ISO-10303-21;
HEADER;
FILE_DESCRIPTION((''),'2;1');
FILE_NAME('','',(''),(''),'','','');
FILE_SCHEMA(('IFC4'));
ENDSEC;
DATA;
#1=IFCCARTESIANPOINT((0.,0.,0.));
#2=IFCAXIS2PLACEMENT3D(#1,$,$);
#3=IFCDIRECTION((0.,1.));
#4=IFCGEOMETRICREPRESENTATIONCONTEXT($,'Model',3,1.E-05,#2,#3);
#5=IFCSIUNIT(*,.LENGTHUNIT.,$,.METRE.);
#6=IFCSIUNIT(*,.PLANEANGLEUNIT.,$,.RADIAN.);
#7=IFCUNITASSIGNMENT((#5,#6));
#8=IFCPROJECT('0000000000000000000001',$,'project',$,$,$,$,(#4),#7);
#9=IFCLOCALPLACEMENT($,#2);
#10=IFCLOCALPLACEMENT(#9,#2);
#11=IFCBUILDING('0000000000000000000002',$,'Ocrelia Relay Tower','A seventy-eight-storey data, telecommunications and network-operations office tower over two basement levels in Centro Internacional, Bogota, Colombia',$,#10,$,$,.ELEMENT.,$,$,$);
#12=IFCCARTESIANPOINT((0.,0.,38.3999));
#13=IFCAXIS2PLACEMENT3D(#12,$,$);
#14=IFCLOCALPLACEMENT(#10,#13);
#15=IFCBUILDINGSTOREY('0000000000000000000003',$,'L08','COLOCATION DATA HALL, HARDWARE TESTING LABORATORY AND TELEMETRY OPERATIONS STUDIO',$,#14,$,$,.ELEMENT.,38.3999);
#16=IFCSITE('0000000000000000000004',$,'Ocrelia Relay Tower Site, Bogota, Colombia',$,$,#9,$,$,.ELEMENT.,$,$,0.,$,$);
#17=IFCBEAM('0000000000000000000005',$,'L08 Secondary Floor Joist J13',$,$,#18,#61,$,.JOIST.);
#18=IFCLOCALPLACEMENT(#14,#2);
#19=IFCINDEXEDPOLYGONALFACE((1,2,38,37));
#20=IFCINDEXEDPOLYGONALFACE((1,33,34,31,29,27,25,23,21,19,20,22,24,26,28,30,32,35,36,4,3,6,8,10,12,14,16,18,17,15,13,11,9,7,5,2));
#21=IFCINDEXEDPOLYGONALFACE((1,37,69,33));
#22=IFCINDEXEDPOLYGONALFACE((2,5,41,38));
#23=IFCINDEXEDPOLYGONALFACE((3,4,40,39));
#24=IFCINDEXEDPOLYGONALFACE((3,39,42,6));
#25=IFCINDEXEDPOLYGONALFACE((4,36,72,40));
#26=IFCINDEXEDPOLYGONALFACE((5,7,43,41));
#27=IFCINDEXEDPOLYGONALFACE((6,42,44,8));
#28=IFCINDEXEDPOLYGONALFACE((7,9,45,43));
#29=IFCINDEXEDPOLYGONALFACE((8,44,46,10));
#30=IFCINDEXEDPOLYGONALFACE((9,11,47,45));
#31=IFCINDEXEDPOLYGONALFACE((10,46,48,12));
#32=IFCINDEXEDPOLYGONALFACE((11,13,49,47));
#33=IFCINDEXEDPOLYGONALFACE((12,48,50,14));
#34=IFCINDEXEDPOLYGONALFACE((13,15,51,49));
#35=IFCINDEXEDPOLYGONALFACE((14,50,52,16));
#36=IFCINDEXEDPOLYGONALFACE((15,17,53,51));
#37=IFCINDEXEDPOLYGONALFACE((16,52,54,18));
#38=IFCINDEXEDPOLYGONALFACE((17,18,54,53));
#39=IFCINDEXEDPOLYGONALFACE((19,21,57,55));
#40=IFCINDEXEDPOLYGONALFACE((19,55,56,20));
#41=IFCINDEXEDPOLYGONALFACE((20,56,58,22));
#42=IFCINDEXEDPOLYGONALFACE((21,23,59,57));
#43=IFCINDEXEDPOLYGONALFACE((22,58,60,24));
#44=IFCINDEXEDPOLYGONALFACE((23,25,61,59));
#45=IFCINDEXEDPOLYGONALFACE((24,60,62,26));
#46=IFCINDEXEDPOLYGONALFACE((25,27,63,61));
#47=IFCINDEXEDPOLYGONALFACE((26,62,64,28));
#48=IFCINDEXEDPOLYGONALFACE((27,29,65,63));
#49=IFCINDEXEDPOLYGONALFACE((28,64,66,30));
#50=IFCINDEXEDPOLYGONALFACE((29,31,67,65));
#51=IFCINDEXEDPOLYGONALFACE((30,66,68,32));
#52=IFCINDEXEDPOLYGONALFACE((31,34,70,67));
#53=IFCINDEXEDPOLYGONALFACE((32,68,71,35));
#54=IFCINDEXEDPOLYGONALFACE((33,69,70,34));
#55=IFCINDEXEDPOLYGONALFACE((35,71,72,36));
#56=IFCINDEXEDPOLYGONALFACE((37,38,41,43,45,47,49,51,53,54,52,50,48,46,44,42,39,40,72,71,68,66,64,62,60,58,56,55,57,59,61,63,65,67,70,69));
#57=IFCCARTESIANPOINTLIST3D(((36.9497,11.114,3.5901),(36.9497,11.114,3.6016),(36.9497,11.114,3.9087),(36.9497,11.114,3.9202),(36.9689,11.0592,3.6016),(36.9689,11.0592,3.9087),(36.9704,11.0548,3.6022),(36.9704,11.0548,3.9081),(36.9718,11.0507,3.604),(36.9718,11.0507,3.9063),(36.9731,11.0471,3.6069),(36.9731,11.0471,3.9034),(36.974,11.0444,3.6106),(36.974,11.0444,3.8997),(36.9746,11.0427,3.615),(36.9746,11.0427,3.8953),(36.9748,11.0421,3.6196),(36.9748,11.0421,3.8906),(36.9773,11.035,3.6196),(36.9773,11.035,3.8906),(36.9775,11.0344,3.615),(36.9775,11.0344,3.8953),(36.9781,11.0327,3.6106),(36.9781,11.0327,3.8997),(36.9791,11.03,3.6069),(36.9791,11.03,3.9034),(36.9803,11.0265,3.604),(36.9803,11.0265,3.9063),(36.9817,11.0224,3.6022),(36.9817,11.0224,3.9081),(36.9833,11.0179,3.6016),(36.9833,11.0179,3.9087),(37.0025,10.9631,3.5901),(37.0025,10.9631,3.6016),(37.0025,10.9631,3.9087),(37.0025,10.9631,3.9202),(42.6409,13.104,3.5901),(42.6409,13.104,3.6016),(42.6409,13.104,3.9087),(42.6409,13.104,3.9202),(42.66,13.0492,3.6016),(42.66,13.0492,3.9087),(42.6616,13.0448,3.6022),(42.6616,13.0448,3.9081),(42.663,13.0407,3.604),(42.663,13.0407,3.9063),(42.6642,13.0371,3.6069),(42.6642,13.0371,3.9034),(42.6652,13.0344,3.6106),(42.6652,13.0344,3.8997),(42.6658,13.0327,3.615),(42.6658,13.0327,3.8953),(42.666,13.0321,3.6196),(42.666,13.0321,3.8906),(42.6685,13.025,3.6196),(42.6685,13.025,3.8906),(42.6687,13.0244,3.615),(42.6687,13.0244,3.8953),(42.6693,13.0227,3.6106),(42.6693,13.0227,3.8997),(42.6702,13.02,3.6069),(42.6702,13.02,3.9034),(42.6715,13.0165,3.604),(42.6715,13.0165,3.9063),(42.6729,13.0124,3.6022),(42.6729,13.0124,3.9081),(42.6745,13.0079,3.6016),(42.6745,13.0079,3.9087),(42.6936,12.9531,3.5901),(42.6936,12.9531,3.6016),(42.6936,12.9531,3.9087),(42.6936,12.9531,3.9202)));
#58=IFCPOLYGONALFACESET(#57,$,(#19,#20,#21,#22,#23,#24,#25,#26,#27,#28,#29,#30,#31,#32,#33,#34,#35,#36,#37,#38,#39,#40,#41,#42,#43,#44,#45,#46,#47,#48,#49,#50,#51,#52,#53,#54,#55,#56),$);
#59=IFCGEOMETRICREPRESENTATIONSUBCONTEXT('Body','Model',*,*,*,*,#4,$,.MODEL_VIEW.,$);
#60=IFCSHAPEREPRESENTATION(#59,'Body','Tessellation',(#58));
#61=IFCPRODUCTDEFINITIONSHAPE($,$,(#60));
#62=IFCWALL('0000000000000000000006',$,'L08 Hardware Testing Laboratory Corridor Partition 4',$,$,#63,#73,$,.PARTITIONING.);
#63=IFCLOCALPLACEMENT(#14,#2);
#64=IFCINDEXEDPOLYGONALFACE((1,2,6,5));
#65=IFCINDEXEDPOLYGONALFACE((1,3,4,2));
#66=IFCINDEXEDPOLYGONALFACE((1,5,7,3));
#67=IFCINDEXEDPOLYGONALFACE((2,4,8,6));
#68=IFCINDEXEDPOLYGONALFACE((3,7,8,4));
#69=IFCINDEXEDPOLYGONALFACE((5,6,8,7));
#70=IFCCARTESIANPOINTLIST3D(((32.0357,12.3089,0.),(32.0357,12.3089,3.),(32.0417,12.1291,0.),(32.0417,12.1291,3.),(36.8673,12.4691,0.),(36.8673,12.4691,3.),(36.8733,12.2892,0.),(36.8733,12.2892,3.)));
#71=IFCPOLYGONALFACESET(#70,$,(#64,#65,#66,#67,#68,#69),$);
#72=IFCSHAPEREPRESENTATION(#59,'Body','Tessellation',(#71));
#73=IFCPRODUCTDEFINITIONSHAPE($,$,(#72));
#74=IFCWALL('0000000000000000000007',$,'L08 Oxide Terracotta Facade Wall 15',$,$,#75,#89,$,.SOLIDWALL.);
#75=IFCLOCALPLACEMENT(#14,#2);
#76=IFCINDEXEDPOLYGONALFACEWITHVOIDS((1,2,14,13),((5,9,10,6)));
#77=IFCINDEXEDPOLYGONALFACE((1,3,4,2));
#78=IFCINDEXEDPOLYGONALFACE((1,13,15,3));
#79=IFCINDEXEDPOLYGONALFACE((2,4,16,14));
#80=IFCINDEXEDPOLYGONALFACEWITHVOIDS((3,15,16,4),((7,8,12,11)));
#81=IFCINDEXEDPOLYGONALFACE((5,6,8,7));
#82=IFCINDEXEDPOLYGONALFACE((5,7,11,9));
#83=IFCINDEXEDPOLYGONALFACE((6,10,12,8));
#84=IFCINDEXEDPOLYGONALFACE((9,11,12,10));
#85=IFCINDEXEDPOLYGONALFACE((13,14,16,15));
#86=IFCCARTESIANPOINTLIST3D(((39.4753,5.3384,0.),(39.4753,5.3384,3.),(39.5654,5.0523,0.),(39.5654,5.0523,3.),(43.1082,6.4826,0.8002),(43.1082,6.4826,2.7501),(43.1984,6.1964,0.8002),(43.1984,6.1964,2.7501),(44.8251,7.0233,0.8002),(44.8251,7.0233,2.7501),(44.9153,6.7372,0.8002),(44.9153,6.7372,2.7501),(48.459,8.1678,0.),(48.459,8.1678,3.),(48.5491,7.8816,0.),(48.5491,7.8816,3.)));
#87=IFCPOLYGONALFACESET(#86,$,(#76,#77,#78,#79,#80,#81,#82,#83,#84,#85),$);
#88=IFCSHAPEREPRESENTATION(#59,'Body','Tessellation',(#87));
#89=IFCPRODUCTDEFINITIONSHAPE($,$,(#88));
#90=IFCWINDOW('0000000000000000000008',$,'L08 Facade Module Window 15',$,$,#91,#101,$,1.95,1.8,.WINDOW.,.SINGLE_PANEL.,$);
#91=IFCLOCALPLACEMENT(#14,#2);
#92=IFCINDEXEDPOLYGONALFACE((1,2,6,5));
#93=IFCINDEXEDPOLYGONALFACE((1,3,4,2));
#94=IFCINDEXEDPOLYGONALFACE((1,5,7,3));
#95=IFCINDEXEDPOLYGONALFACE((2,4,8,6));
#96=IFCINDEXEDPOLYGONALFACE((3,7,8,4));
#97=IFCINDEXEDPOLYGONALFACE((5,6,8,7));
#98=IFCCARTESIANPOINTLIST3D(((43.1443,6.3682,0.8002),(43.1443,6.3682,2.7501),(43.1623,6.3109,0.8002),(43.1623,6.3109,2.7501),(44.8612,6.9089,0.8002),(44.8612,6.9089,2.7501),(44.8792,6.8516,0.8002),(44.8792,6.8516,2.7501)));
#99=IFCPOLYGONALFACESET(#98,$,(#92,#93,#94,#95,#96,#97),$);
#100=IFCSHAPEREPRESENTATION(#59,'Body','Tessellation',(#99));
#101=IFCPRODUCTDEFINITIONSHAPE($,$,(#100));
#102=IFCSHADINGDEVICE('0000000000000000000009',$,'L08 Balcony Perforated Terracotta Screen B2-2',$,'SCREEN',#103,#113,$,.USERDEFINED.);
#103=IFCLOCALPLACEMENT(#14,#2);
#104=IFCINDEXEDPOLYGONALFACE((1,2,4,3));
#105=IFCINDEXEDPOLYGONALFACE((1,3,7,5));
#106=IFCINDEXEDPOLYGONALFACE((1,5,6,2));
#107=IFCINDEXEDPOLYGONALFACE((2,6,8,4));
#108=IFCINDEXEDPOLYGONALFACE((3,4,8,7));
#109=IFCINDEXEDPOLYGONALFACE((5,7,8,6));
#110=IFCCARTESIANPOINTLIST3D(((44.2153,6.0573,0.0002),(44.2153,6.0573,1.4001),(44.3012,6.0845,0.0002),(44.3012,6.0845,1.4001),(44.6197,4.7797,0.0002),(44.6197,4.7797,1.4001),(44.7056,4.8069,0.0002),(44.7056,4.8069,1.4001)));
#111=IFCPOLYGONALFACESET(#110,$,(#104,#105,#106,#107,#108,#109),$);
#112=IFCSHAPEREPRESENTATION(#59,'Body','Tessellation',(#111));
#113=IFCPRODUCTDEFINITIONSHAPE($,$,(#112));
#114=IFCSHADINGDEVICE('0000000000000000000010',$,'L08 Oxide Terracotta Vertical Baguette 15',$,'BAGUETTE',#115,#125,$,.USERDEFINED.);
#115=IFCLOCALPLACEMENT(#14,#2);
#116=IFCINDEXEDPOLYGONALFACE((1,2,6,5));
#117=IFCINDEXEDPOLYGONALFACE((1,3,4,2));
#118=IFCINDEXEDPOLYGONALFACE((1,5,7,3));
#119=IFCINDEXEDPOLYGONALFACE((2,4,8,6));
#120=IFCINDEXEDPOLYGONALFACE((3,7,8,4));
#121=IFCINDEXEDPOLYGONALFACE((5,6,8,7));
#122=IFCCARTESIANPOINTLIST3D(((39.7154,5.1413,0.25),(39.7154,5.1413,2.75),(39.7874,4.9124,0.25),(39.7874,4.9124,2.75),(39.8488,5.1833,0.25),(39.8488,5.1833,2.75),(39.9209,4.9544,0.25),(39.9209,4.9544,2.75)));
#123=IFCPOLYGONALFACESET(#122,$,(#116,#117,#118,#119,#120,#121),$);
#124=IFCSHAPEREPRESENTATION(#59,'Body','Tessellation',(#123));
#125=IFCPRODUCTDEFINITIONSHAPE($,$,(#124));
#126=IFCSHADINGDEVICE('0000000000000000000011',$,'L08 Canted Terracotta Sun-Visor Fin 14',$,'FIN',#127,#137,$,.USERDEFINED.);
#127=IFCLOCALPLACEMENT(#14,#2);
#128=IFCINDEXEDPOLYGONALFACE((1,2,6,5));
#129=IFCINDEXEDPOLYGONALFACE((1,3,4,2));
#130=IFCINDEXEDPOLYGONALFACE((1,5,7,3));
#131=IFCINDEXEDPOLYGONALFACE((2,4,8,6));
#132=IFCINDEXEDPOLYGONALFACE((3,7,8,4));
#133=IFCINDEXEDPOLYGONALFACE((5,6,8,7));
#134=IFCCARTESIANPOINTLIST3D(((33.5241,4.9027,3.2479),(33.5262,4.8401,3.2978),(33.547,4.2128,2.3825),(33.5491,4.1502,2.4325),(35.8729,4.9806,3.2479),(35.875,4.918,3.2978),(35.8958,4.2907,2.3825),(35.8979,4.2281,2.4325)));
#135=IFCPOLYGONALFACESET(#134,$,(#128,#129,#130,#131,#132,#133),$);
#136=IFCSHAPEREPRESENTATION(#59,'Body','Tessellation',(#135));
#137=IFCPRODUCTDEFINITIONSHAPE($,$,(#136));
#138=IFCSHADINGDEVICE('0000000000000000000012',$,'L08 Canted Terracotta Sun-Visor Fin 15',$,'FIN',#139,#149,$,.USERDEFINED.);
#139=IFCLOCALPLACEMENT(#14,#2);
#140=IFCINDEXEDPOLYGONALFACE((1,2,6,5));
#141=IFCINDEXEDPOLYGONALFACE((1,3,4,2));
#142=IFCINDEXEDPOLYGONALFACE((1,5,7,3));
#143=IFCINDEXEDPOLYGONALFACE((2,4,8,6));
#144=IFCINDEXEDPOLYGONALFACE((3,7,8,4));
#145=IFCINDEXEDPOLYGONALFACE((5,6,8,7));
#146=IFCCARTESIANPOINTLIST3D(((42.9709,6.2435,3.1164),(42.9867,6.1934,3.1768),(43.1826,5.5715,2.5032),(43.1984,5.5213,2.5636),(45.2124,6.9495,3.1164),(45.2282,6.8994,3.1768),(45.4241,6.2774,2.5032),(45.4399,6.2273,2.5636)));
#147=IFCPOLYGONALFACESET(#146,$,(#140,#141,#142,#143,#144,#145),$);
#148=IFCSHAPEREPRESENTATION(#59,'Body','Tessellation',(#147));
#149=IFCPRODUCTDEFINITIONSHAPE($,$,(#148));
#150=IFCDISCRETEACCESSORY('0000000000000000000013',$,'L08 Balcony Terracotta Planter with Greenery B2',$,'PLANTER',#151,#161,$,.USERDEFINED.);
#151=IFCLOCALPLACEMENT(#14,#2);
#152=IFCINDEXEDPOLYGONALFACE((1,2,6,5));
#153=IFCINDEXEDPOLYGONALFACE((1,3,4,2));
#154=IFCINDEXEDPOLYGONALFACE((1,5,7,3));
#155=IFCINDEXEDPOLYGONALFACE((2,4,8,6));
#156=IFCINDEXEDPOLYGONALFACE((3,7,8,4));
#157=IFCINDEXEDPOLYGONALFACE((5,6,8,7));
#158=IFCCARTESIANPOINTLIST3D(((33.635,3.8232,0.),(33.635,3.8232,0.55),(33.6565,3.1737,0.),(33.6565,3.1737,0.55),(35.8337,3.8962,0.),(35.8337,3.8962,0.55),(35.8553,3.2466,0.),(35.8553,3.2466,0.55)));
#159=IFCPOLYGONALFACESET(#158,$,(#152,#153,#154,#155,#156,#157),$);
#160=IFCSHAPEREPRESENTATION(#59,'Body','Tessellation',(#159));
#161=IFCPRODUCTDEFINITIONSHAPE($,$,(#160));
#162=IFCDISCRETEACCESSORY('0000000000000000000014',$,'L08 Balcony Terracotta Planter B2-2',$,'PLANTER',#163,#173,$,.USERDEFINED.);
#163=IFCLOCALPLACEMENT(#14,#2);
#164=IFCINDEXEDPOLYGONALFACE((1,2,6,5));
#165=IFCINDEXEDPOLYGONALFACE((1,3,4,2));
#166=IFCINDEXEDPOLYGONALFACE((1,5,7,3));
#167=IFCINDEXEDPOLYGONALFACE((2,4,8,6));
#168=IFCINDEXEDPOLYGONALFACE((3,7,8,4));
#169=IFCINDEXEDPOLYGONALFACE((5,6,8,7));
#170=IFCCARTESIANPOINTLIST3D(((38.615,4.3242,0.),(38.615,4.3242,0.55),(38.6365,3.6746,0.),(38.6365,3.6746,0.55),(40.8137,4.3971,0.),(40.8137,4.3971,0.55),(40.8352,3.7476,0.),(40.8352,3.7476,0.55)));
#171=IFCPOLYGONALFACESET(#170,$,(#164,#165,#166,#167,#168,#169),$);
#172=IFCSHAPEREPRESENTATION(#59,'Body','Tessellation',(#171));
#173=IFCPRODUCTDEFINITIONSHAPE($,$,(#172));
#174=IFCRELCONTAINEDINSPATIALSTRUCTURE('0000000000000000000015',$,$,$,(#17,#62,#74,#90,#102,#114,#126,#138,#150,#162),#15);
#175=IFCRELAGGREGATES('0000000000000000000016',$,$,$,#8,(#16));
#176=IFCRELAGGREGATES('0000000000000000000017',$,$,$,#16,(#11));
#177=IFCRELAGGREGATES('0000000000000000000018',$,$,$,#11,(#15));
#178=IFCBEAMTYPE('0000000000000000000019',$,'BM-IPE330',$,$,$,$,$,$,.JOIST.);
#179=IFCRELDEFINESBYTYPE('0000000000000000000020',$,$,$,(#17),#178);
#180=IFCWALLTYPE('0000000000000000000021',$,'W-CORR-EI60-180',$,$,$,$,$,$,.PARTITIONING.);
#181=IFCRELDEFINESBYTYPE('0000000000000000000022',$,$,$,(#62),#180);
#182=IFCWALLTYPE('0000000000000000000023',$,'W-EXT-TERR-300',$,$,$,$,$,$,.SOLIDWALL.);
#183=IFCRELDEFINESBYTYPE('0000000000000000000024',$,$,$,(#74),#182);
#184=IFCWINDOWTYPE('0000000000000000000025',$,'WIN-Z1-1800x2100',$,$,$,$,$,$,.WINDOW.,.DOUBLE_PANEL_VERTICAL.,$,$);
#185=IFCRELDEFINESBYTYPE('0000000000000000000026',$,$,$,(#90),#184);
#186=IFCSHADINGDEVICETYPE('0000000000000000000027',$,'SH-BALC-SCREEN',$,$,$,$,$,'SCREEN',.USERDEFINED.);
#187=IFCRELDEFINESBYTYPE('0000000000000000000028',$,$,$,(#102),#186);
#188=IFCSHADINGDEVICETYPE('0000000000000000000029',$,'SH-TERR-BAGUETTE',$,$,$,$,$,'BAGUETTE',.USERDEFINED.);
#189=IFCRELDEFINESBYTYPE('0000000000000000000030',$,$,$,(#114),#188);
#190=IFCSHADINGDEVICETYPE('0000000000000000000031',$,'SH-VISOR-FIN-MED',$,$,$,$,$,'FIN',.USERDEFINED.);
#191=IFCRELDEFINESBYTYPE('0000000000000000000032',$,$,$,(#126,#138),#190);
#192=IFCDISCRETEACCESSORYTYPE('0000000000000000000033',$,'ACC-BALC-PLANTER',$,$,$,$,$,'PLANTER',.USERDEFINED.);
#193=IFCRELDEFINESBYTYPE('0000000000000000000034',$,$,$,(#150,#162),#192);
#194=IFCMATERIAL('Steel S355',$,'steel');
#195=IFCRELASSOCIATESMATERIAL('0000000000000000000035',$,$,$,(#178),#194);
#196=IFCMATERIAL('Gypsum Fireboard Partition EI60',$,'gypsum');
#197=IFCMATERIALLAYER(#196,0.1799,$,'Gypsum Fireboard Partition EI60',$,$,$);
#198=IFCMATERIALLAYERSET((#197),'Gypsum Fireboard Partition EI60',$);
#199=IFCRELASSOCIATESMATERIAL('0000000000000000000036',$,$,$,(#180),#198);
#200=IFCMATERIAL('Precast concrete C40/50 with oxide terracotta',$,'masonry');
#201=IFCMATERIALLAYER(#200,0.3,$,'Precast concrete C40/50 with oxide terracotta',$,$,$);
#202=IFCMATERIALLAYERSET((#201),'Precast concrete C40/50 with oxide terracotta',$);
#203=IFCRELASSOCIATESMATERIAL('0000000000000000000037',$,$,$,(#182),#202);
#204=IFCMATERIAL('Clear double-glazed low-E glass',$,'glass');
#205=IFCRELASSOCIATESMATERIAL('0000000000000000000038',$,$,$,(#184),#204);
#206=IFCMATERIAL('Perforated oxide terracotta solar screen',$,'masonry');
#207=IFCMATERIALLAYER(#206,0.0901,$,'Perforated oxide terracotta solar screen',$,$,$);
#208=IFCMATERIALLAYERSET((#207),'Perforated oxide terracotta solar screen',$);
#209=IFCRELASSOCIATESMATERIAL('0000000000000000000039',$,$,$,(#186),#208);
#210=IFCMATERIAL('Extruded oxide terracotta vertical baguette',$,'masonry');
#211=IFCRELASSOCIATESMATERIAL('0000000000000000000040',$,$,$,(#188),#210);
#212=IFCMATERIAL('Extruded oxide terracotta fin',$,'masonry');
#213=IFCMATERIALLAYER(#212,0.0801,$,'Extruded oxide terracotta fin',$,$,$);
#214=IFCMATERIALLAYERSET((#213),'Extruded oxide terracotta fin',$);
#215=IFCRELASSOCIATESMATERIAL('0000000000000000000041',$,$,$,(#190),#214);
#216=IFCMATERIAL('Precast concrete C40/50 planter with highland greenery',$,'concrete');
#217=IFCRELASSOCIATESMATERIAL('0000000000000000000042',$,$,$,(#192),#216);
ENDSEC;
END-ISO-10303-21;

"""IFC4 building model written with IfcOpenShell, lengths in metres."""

from ifc_helpers import new_model, si_unit, direction, frame, frame_2d, origin, origin_2d, place, context, subcontext, project, spatial, rectangle, i_section, extrude, material, layer, layer_set, material_profile, profile_set, type_object, element, fill, save


model = new_model("IFC4")

# Units and contexts
model_context = context("Model", 3, precision=1e-05, world=origin(), true_north=direction((0.0, 1.0)))
body_context = subcontext(model_context, "Body", "Model", "MODEL_VIEW")
ifc_project = project(units=[si_unit("LENGTHUNIT", "METRE"), si_unit("PLANEANGLEUNIT", "RADIAN")], contexts=[model_context])

# Site, building, storey
site_placement = place(None, origin())
site = spatial("IfcSite", under=ifc_project, at=site_placement, Name="Ocrelia Relay Tower Site, Bogota, Colombia", CompositionType="ELEMENT", RefElevation=0.0)
building_placement = place(site_placement, origin())
building = spatial("IfcBuilding", under=site, at=building_placement, Name="Ocrelia Relay Tower", Description="A seventy-eight-storey data, telecommunications and network-operations office tower over two basement levels in Centro Internacional, Bogota, Colombia", CompositionType="ELEMENT")
storey_placement = place(building_placement, frame((0.0, 0.0, 38.3999)))
storey = spatial("IfcBuildingStorey", under=building, at=storey_placement, Name="L08", Description="COLOCATION DATA HALL, HARDWARE TESTING LABORATORY AND TELEMETRY OPERATIONS STUDIO", CompositionType="ELEMENT", Elevation=38.3999)

# Beam
ifc_material_1 = material(Name="Steel S355", Category="steel")
ifc_material_profile_1 = material_profile(ifc_material_1, i_section(OverallWidth=0.1599, OverallDepth=0.3301, WebThickness=0.0076, FlangeThickness=0.0115, FilletRadius=0.0181, at=origin_2d()), Name="IPE 330")
ifc_profile_set_1 = profile_set([ifc_material_profile_1], Name="Steel S355")
beam_type_1 = type_object("IfcBeamType", Name="BM-IPE330", PredefinedType="JOIST", material=ifc_profile_set_1)
beam_1_placement = place(storey_placement, frame((36.9761, 11.0386, 3.7551), z_axis=(0.943957, 0.330067, 0.0), x_axis=(-0.330067, 0.943957, 0.0)))
element("IfcBeam", 1, at=beam_1_placement, inside=storey, type_object=beam_type_1, Name="L08 Secondary Floor Joist J13", PredefinedType="JOIST", context=body_context, shape_type="SweptSolid", body=[
    extrude(i_section(OverallWidth=0.1599, OverallDepth=0.3301, WebThickness=0.0076, FlangeThickness=0.0115, FilletRadius=0.0181, at=origin_2d()), origin(), (0.0, 0.0, 1.0), 6.0291),
])

# Wall
ifc_material_2 = material(Name="Gypsum Fireboard Partition EI60", Category="gypsum")
ifc_layer_1 = layer(ifc_material_2, 0.1799, Name="Gypsum Fireboard Partition EI60")
ifc_layer_set_1 = layer_set([ifc_layer_1], Name="Gypsum Fireboard Partition EI60")
wall_type_1 = type_object("IfcWallType", Name="W-CORR-EI60-180", PredefinedType="PARTITIONING", material=ifc_layer_set_1)
wall_1_placement = place(storey_placement, frame((32.0388, 12.219, 0.0), z_axis=(0.0, 0.0, 1.0), x_axis=(0.999451, 0.03313, 0.0)))
element("IfcWall", 2, at=wall_1_placement, inside=storey, type_object=wall_type_1, Name="L08 Hardware Testing Laboratory Corridor Partition 4", PredefinedType="PARTITIONING", context=body_context, shape_type="SweptSolid", body=[
    extrude(rectangle(XDim=4.8342, YDim=0.1799, at=frame_2d((2.417, 0.0))), origin(), (0.0, 0.0, 1.0), 3.0),
])

# Wall, opening, window
ifc_material_3 = material(Name="Precast concrete C40/50 with oxide terracotta", Category="masonry")
ifc_layer_2 = layer(ifc_material_3, 0.3, Name="Precast concrete C40/50 with oxide terracotta")
ifc_layer_set_2 = layer_set([ifc_layer_2], Name="Precast concrete C40/50 with oxide terracotta")
wall_type_2 = type_object("IfcWallType", Name="W-EXT-TERR-300", PredefinedType="SOLIDWALL", material=ifc_layer_set_2)
wall_2_placement = place(storey_placement, frame((39.5203, 5.1953, 0.0), z_axis=(0.0, 0.0, 1.0), x_axis=(0.953814, 0.300398, 0.0)))
wall_2 = element("IfcWall", 3, at=wall_2_placement, inside=storey, type_object=wall_type_2, Name="L08 Oxide Terracotta Facade Wall 15", PredefinedType="SOLIDWALL", context=body_context, shape_type="SweptSolid", body=[
    extrude(rectangle(XDim=9.4187, YDim=0.3, at=frame_2d((4.7095, 0.0))), origin(), (0.0, 0.0, 1.0), 3.0),
])
opening_placement = place(wall_2_placement, frame((3.8091, 0.0, 0.8)))
opening = element("IfcOpeningElement", 4, at=opening_placement, cuts=wall_2, PredefinedType="OPENING", context=body_context, shape_type="SweptSolid", body=[
    extrude(rectangle(XDim=1.8, YDim=1.95, at=frame_2d((0.8999, 0.9751))), frame((0.0, 0.1602, 0.0), z_axis=(0.0, -1.0, 0.0), x_axis=(1.0, 0.0, 0.0)), (0.0, 0.0, 1.0), 0.3201),
])
ifc_material_4 = material(Name="Clear double-glazed low-E glass", Category="glass")
window_type = type_object("IfcWindowType", Name="WIN-Z1-1800x2100", PartitioningType="DOUBLE_PANEL_VERTICAL", PredefinedType="WINDOW", material=ifc_material_4)
window_placement = place(opening_placement, origin())
window = element("IfcWindow", 5, at=window_placement, inside=storey, type_object=window_type, Name="L08 Facade Module Window 15", OverallHeight=1.95, OverallWidth=1.8, PartitioningType="SINGLE_PANEL", PredefinedType="WINDOW", context=body_context, shape_type="SweptSolid", body=[
    extrude(rectangle(XDim=1.8, YDim=1.95, at=frame_2d((0.8999, 0.9751))), frame((0.0, 0.03, 0.0), z_axis=(0.0, -1.0, 0.0), x_axis=(1.0, 0.0, 0.0)), (0.0, 0.0, 1.0), 0.0601),
])
fill(opening, window)

# Shading devices
ifc_material_5 = material(Name="Perforated oxide terracotta solar screen", Category="masonry")
ifc_layer_3 = layer(ifc_material_5, 0.0901, Name="Perforated oxide terracotta solar screen")
ifc_layer_set_3 = layer_set([ifc_layer_3], Name="Perforated oxide terracotta solar screen")
shading_device_type_1 = type_object("IfcShadingDeviceType", Name="SH-BALC-SCREEN", ElementType="SCREEN", PredefinedType="USERDEFINED", material=ifc_layer_set_3)
shading_device_1_placement = place(storey_placement, frame((44.4604, 5.4321, 0.0002), z_axis=(0.0, 0.0, 1.0), x_axis=(0.301767, -0.953382, 0.0)))
element("IfcShadingDevice", 6, at=shading_device_1_placement, inside=storey, type_object=shading_device_type_1, Name="L08 Balcony Perforated Terracotta Screen B2-2", ObjectType="SCREEN", PredefinedType="USERDEFINED", context=body_context, shape_type="SweptSolid", body=[
    extrude(rectangle(XDim=1.3401, YDim=0.0901, at=origin_2d()), origin(), (0.0, 0.0, 1.0), 1.3999),
])
ifc_material_6 = material(Name="Extruded oxide terracotta vertical baguette", Category="masonry")
shading_device_type_2 = type_object("IfcShadingDeviceType", Name="SH-TERR-BAGUETTE", ElementType="BAGUETTE", PredefinedType="USERDEFINED", material=ifc_material_6)
shading_device_2_placement = place(storey_placement, frame((39.8181, 5.0479, 0.25), z_axis=(0.0, 0.0, 1.0), x_axis=(0.95381, 0.300411, 0.0)))
element("IfcShadingDevice", 7, at=shading_device_2_placement, inside=storey, type_object=shading_device_type_2, Name="L08 Oxide Terracotta Vertical Baguette 15", ObjectType="BAGUETTE", PredefinedType="USERDEFINED", context=body_context, shape_type="SweptSolid", body=[
    extrude(rectangle(XDim=0.1399, YDim=0.24, at=origin_2d()), origin(), (0.0, 0.0, 1.0), 2.5),
])
ifc_material_7 = material(Name="Extruded oxide terracotta fin", Category="masonry")
ifc_layer_4 = layer(ifc_material_7, 0.0801, Name="Extruded oxide terracotta fin")
ifc_layer_set_4 = layer_set([ifc_layer_4], Name="Extruded oxide terracotta fin")
shading_device_type_3 = type_object("IfcShadingDeviceType", Name="SH-VISOR-FIN-MED", ElementType="FIN", PredefinedType="USERDEFINED", material=ifc_layer_set_4)
shading_device_3_placement = place(storey_placement, frame((34.71, 4.5967, 2.8152), z_axis=(0.025918, -0.781308, 0.623607), x_axis=(0.99945, 0.033154, 0.0)))
element("IfcShadingDevice", 8, at=shading_device_3_placement, inside=storey, type_object=shading_device_type_3, Name="L08 Canted Terracotta Sun-Visor Fin 14", ObjectType="FIN", PredefinedType="USERDEFINED", context=body_context, shape_type="SweptSolid", body=[
    extrude(rectangle(XDim=2.3501, YDim=1.1069, at=origin_2d()), origin(), (0.0, 0.0, 1.0), 0.0801),
])
shading_device_4_placement = place(storey_placement, frame((44.1975, 6.2605, 2.8098), z_axis=(0.197206, -0.626132, 0.754366), x_axis=(0.95381, 0.300411, 0.0)))
element("IfcShadingDevice", 9, at=shading_device_4_placement, inside=storey, type_object=shading_device_type_3, Name="L08 Canted Terracotta Sun-Visor Fin 15", ObjectType="FIN", PredefinedType="USERDEFINED", context=body_context, shape_type="SweptSolid", body=[
    extrude(rectangle(XDim=2.3501, YDim=0.9341, at=origin_2d()), origin(), (0.0, 0.0, 1.0), 0.0801),
])

# Discrete accessories
ifc_material_8 = material(Name="Precast concrete C40/50 planter with highland greenery", Category="concrete")
discrete_accessory_type_1 = type_object("IfcDiscreteAccessoryType", Name="ACC-BALC-PLANTER", ElementType="PLANTER", PredefinedType="USERDEFINED", material=ifc_material_8)
for number, where, z_axis, x_axis, name in (
    (10, (34.7451, 3.5349, 0.0), (0.0, 0.0, 1.0), (-0.99945, -0.033154, 0.0), "L08 Balcony Terracotta Planter with Greenery B2"),
    (11, (39.7251, 4.0359, 0.0), (0.0, 0.0, 1.0), (-0.99945, -0.033154, 0.0), "L08 Balcony Terracotta Planter B2-2"),
):
    element("IfcDiscreteAccessory", number, at=place(storey_placement, frame(where, z_axis=z_axis, x_axis=x_axis)), inside=storey, type_object=discrete_accessory_type_1, Name=name, ObjectType="PLANTER", PredefinedType="USERDEFINED", context=body_context, shape_type="SweptSolid", body=[
        extrude(rectangle(XDim=2.2, YDim=0.6499, at=origin_2d()), origin(), (0.0, 0.0, 1.0), 0.55),
    ])

save(model, "model.ifc")
